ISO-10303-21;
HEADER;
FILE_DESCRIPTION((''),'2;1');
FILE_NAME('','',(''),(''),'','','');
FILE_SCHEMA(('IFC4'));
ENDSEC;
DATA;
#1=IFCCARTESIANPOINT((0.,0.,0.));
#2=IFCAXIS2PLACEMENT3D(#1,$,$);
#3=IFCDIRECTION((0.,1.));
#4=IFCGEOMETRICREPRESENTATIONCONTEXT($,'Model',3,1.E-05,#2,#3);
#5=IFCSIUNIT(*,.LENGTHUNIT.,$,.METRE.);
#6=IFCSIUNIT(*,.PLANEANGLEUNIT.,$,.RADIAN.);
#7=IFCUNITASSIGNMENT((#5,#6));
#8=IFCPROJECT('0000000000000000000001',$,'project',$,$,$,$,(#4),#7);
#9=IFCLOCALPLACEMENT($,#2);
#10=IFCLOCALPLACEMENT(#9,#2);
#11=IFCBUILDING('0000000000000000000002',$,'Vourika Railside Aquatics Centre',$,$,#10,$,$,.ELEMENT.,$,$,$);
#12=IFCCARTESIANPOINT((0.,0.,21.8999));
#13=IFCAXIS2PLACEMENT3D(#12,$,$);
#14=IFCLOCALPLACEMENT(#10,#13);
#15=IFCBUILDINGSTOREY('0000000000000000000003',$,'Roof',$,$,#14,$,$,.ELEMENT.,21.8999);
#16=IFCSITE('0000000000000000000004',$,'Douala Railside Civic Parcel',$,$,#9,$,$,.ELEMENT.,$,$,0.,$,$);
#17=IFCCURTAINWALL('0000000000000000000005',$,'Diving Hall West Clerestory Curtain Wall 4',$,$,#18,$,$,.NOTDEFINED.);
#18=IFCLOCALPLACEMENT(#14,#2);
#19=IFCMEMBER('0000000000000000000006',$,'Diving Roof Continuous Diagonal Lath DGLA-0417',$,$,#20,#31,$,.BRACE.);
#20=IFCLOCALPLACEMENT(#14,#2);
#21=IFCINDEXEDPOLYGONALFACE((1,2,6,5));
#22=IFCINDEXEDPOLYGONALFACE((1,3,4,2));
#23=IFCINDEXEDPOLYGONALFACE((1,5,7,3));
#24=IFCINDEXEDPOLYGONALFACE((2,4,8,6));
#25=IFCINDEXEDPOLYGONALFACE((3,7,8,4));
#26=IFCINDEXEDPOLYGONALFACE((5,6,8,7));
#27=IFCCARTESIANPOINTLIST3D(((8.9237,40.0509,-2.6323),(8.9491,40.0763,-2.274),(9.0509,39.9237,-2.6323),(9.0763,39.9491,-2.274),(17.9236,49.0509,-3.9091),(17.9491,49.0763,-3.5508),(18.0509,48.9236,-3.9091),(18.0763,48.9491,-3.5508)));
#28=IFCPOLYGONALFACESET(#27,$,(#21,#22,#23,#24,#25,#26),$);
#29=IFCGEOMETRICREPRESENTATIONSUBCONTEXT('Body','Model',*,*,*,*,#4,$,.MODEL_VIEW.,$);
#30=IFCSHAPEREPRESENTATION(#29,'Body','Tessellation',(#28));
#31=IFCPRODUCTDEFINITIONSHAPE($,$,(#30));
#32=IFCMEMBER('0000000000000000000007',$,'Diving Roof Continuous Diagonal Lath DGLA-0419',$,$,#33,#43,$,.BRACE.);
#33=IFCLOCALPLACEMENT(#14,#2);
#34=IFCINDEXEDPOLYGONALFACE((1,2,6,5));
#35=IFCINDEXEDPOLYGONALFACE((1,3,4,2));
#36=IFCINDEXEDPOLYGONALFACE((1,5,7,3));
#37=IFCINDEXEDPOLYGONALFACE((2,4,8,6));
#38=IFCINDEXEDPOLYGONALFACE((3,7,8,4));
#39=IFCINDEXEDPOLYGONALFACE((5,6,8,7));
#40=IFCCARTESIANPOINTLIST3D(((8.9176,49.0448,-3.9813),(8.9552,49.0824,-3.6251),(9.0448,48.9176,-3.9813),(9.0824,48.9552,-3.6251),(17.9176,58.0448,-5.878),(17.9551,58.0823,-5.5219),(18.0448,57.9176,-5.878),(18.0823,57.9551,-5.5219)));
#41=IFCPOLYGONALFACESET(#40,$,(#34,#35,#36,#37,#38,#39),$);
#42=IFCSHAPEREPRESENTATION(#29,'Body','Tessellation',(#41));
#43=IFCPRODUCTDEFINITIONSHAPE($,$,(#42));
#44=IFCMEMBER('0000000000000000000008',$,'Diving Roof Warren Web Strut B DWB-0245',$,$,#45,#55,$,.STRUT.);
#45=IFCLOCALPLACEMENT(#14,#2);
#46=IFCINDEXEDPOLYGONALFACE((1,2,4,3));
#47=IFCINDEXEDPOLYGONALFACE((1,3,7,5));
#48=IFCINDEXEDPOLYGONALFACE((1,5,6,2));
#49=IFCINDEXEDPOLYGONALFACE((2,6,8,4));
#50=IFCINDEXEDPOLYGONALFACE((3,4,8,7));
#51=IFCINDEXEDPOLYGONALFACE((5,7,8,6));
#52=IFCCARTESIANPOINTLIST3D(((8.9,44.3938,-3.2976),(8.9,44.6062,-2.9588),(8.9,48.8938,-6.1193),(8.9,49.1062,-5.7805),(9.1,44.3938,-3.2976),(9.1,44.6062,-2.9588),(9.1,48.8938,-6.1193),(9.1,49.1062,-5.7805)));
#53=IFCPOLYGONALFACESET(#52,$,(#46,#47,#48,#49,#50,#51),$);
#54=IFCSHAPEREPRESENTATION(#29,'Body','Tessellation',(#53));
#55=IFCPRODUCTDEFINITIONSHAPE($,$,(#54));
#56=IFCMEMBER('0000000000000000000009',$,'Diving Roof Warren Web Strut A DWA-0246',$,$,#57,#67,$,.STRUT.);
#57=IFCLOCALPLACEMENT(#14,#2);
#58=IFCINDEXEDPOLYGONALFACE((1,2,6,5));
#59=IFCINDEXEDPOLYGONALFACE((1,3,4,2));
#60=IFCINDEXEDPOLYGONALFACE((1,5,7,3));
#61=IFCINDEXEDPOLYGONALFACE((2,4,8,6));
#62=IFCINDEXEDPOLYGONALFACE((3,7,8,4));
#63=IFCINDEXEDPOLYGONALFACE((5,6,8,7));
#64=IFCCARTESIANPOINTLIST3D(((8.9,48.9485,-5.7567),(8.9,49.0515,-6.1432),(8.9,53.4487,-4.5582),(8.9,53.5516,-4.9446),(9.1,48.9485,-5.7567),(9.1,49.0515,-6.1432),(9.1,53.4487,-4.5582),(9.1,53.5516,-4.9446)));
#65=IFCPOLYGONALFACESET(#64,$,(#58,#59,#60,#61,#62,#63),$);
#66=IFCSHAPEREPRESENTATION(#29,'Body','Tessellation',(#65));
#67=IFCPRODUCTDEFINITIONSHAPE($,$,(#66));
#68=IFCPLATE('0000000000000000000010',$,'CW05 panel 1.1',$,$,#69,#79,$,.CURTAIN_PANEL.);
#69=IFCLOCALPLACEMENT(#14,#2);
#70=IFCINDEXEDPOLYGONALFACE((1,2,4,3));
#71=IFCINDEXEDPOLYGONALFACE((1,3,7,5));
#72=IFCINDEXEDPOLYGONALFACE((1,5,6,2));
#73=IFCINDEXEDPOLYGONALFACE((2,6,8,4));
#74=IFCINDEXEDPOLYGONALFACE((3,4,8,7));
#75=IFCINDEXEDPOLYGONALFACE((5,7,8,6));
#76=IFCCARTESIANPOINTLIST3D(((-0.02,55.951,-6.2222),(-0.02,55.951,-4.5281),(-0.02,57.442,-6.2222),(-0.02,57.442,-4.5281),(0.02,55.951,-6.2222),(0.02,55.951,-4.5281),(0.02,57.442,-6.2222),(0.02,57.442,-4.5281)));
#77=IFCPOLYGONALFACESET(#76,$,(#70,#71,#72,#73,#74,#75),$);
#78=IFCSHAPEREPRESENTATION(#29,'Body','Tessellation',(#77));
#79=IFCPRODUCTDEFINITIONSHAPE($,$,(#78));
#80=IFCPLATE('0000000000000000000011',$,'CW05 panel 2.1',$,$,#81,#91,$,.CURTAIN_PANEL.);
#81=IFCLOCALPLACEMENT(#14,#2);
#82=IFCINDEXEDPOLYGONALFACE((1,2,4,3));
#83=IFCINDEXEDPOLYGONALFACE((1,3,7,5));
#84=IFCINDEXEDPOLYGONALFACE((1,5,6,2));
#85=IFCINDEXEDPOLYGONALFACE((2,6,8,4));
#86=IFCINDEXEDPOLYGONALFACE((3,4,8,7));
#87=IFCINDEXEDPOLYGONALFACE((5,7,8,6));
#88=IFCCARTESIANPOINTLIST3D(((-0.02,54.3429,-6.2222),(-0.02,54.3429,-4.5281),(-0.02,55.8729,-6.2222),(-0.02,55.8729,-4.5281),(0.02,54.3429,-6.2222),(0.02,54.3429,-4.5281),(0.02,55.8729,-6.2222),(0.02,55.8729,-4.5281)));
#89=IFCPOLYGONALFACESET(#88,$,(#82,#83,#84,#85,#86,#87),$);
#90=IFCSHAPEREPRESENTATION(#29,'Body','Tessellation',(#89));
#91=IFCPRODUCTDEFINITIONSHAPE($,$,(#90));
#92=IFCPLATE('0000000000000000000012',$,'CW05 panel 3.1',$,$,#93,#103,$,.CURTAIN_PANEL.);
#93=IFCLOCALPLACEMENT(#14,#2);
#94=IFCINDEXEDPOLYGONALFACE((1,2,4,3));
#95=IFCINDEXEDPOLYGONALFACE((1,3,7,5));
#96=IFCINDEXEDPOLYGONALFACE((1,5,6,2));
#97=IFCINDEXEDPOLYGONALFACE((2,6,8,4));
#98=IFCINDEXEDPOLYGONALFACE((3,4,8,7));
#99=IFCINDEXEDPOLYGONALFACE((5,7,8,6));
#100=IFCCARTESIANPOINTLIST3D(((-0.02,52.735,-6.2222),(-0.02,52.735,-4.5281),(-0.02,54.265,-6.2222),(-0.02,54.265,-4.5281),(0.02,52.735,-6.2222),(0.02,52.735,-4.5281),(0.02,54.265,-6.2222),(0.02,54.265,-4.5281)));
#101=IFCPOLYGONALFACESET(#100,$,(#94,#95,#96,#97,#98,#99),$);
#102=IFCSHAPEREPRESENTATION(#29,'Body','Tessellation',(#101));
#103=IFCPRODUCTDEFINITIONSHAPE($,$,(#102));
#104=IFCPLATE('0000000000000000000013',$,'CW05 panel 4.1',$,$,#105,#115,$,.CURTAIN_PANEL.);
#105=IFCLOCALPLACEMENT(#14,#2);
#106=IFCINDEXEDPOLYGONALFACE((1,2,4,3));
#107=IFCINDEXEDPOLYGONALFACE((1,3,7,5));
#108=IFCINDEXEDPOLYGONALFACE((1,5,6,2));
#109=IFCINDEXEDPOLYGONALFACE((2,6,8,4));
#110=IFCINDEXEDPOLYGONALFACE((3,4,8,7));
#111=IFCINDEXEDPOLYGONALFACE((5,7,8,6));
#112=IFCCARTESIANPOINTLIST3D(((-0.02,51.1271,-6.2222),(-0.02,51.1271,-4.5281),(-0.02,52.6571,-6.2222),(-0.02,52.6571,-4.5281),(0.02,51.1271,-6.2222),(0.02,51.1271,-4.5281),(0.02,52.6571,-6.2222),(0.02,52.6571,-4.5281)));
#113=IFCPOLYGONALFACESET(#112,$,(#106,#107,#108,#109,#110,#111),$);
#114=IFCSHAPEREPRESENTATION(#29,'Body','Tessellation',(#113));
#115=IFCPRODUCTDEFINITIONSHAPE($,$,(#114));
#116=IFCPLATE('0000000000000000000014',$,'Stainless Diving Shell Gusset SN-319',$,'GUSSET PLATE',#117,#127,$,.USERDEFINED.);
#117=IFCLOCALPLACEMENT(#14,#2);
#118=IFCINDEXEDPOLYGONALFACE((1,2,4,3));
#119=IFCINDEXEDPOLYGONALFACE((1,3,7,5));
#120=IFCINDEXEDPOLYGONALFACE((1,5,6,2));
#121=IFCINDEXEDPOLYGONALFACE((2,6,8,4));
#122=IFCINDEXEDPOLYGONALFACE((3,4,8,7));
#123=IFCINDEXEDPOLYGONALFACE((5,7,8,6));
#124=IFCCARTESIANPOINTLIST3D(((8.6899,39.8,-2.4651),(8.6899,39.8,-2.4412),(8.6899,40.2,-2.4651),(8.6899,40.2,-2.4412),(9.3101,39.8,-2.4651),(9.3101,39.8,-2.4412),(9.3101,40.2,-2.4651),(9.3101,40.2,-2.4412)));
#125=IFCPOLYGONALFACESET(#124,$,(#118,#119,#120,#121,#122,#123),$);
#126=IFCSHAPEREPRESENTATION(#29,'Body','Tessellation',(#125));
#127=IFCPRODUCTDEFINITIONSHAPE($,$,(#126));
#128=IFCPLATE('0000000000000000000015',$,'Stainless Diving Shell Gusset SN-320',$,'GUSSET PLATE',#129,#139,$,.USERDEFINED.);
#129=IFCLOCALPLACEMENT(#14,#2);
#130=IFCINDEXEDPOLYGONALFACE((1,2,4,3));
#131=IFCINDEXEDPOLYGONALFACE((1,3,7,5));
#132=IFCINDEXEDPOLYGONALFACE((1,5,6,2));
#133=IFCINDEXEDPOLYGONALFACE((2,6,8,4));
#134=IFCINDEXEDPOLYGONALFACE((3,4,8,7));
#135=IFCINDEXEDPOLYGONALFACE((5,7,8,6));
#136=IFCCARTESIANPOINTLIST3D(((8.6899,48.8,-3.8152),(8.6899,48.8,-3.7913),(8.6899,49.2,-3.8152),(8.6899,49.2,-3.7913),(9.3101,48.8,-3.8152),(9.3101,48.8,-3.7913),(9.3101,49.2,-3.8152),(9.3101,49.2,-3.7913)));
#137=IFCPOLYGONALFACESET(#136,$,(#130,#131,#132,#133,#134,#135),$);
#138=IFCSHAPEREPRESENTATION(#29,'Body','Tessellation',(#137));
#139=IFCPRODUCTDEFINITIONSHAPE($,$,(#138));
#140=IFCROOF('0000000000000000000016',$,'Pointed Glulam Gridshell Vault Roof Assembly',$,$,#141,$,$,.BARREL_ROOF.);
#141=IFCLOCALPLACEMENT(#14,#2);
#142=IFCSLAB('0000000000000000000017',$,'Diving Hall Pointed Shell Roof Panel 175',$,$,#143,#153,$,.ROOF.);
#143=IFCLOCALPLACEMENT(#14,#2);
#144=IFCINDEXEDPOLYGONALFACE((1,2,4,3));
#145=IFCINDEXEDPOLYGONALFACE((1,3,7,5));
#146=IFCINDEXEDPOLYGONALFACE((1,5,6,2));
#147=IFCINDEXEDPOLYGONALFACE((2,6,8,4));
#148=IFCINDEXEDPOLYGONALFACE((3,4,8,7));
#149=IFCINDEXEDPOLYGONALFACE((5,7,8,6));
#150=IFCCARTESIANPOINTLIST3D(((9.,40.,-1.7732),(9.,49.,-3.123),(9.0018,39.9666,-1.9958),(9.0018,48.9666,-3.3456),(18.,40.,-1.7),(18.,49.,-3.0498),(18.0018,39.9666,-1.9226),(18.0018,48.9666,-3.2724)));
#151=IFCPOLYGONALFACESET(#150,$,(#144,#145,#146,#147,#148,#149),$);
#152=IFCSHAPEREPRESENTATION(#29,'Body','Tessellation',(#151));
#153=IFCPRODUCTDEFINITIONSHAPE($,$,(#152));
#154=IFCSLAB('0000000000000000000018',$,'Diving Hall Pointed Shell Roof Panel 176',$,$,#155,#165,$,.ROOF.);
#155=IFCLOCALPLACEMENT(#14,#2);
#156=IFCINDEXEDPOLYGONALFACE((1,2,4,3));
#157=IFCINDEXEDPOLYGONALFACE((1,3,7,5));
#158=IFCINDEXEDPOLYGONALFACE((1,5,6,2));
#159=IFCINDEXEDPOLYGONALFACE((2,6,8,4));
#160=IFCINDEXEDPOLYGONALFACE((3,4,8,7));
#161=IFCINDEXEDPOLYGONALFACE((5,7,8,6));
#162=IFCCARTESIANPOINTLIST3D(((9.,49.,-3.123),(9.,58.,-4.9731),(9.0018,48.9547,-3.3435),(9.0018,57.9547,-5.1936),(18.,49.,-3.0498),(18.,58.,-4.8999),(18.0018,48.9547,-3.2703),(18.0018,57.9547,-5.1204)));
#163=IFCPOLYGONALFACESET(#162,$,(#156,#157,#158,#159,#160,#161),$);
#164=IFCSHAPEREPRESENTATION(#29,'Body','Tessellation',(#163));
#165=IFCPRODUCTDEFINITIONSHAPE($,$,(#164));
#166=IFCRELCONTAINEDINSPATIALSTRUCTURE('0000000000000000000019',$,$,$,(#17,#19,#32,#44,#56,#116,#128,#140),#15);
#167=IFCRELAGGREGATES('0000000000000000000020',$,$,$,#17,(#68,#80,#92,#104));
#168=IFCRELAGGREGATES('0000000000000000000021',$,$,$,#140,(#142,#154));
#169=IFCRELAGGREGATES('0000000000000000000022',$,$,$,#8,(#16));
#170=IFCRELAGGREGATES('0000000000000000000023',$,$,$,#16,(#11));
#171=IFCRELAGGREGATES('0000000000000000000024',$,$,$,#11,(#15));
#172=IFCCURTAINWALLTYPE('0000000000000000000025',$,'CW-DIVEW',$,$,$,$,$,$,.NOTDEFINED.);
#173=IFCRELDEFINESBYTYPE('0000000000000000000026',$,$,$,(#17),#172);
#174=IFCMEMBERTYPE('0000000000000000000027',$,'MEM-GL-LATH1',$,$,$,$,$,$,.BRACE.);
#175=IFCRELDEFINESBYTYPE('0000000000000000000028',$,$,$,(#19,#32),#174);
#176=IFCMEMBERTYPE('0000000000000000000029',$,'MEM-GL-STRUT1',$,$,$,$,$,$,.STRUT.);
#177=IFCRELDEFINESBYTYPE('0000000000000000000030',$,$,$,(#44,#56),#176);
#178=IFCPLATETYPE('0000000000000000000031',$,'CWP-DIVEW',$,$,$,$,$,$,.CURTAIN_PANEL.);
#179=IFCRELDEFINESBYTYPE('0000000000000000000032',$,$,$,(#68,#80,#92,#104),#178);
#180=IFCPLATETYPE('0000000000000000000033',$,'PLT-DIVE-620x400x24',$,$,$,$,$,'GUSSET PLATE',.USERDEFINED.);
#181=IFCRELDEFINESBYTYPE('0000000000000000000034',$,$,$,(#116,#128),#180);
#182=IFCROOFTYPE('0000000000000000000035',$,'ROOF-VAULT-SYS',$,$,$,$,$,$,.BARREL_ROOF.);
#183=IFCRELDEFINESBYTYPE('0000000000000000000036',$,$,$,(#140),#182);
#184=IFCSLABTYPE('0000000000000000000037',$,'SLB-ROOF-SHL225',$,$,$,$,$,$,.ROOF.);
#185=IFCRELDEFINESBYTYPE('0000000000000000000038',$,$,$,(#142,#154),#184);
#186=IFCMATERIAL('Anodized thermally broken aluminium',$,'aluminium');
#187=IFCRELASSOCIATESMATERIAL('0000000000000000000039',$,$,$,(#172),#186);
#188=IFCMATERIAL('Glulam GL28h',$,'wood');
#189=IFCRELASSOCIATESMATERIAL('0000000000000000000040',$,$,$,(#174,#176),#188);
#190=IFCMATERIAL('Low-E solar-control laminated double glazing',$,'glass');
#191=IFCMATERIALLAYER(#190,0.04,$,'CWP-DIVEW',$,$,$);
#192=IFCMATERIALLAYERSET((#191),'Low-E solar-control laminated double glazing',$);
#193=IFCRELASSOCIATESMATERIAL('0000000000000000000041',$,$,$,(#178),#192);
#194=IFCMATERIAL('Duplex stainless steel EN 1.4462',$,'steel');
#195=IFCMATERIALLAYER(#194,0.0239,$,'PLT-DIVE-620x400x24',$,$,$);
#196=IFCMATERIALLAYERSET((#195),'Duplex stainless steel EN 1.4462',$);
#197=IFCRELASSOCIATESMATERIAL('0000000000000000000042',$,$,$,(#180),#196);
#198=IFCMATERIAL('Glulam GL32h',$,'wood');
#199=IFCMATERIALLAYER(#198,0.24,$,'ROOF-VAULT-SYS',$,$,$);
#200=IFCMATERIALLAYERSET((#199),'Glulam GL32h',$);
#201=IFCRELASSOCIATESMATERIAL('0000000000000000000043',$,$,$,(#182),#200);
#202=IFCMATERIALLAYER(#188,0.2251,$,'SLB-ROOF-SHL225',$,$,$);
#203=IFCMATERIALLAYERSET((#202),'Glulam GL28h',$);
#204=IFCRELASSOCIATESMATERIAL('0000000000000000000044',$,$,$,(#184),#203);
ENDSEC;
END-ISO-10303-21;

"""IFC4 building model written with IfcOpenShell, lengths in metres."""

from ifc_helpers import new_model, si_unit, direction, frame, origin, origin_2d, place, context, subcontext, project, spatial, polyline, rectangle, outline, extrude, material, layer, layer_set, material_profile, profile_set, type_object, element, aggregate, save


model = new_model("IFC4")

# Units and contexts
model_context = context("Model", 3, precision=1e-05, world=origin(), true_north=direction((0.0, 1.0)))
body_context = subcontext(model_context, "Body", "Model", "MODEL_VIEW")
ifc_project = project(units=[si_unit("LENGTHUNIT", "METRE"), si_unit("PLANEANGLEUNIT", "RADIAN")], contexts=[model_context])

# Site, building, storey
site_placement = place(None, origin())
site = spatial("IfcSite", under=ifc_project, at=site_placement, Name="Douala Railside Civic Parcel", CompositionType="ELEMENT", RefElevation=0.0)
building_placement = place(site_placement, origin())
building = spatial("IfcBuilding", under=site, at=building_placement, Name="Vourika Railside Aquatics Centre", CompositionType="ELEMENT")
storey_placement = place(building_placement, frame((0.0, 0.0, 21.8999)))
storey = spatial("IfcBuildingStorey", under=building, at=storey_placement, Name="Roof", CompositionType="ELEMENT", Elevation=21.8999)

# Shared definitions
ifc_material_1 = material(Name="Glulam GL32h", Category="wood")

# Curtain wall
ifc_material_2 = material(Name="Anodized thermally broken aluminium", Category="aluminium")
curtain_wall_type = type_object("IfcCurtainWallType", Name="CW-DIVEW", PredefinedType="NOTDEFINED", material=ifc_material_2)
curtain_wall_placement = place(storey_placement, origin())
curtain_wall = element("IfcCurtainWall", 1, at=curtain_wall_placement, inside=storey, type_object=curtain_wall_type, Name="Diving Hall West Clerestory Curtain Wall 4", PredefinedType="NOTDEFINED")

# Members
ifc_material_3 = material(Name="Glulam GL28h", Category="wood")
ifc_material_profile_1 = material_profile(ifc_material_3, rectangle(XDim=0.1799, YDim=0.3601, at=origin_2d()), Name="GL28h 180x360")
ifc_profile_set_1 = profile_set([ifc_material_profile_1], Name="Glulam GL28h")
member_type_1 = type_object("IfcMemberType", Name="MEM-GL-LATH1", PredefinedType="BRACE", material=ifc_profile_set_1)
member_1_placement = place(storey_placement, frame((9.0, 40.0, -2.4531), z_axis=(0.703575, 0.703575, -0.099818), x_axis=(-0.707107, 0.707107, 0.0)))
element("IfcMember", 2, at=member_1_placement, inside=storey, type_object=member_type_1, Name="Diving Roof Continuous Diagonal Lath DGLA-0417", PredefinedType="BRACE", context=body_context, shape_type="SweptSolid", body=[
    extrude(rectangle(XDim=0.1799, YDim=0.3601, at=origin_2d()), origin(), (0.0, 0.0, 1.0), 12.7917),
])
member_2_placement = place(storey_placement, frame((9.0, 49.0, -3.8032), z_axis=(0.699384, 0.699384, -0.147393), x_axis=(-0.707107, 0.707107, 0.0)))
element("IfcMember", 3, at=member_2_placement, inside=storey, type_object=member_type_1, Name="Diving Roof Continuous Diagonal Lath DGLA-0419", PredefinedType="BRACE", context=body_context, shape_type="SweptSolid", body=[
    extrude(rectangle(XDim=0.1799, YDim=0.3601, at=origin_2d()), origin(), (0.0, 0.0, 1.0), 12.8684),
])
ifc_material_profile_2 = material_profile(ifc_material_3, rectangle(XDim=0.2, YDim=0.3999, at=origin_2d()), Name="GL28h 200x400")
ifc_profile_set_2 = profile_set([ifc_material_profile_2], Name="Glulam GL28h")
member_type_2 = type_object("IfcMemberType", Name="MEM-GL-STRUT1", PredefinedType="STRUT", material=ifc_profile_set_2)
member_3_placement = place(storey_placement, frame((9.0, 44.5, -3.1282), z_axis=(0.0, 0.847212, -0.531254), x_axis=(-1.0, 0.0, 0.0)))
element("IfcMember", 4, at=member_3_placement, inside=storey, type_object=member_type_2, Name="Diving Roof Warren Web Strut B DWB-0245", PredefinedType="STRUT", context=body_context, shape_type="SweptSolid", body=[
    extrude(rectangle(XDim=0.2, YDim=0.3999, at=origin_2d()), origin(), (0.0, 0.0, 1.0), 5.3115),
])
member_4_placement = place(storey_placement, frame((9.0, 49.0, -5.95), z_axis=(0.0, 0.966316, 0.257359), x_axis=(-1.0, 0.0, 0.0)))
element("IfcMember", 5, at=member_4_placement, inside=storey, type_object=member_type_2, Name="Diving Roof Warren Web Strut A DWA-0246", PredefinedType="STRUT", context=body_context, shape_type="SweptSolid", body=[
    extrude(rectangle(XDim=0.2, YDim=0.3999, at=origin_2d()), origin(), (0.0, 0.0, 1.0), 4.657),
])

# Plates
ifc_material_4 = material(Name="Low-E solar-control laminated double glazing", Category="glass")
ifc_layer_1 = layer(ifc_material_4, 0.04, Name="CWP-DIVEW")
ifc_layer_set_1 = layer_set([ifc_layer_1], Name="Low-E solar-control laminated double glazing")
plate_type_1 = type_object("IfcPlateType", Name="CWP-DIVEW", PredefinedType="CURTAIN_PANEL", material=ifc_layer_set_1)
plate_1_placement = place(storey_placement, frame((0.0, 56.6965, -6.2222), z_axis=(0.0, 0.0, 1.0), x_axis=(0.0, -1.0, 0.0)))
plate_1 = element("IfcPlate", 6, at=plate_1_placement, type_object=plate_type_1, Name="CW05 panel 1.1", PredefinedType="CURTAIN_PANEL", context=body_context, shape_type="SweptSolid", body=[
    extrude(rectangle(XDim=1.491, YDim=0.04, at=origin_2d()), origin(), (0.0, 0.0, 1.0), 1.6941),
])
plate_2_placement = place(storey_placement, frame((0.0, 55.1079, -6.2222), z_axis=(0.0, 0.0, 1.0), x_axis=(0.0, -1.0, 0.0)))
plate_2 = element("IfcPlate", 7, at=plate_2_placement, type_object=plate_type_1, Name="CW05 panel 2.1", PredefinedType="CURTAIN_PANEL", context=body_context, shape_type="SweptSolid", body=[
    extrude(rectangle(XDim=1.53, YDim=0.04, at=origin_2d()), origin(), (0.0, 0.0, 1.0), 1.6941),
])
plate_3_placement = place(storey_placement, frame((0.0, 53.5, -6.2222), z_axis=(0.0, 0.0, 1.0), x_axis=(0.0, -1.0, 0.0)))
plate_3 = element("IfcPlate", 8, at=plate_3_placement, type_object=plate_type_1, Name="CW05 panel 3.1", PredefinedType="CURTAIN_PANEL", context=body_context, shape_type="SweptSolid", body=[
    extrude(rectangle(XDim=1.53, YDim=0.04, at=origin_2d()), origin(), (0.0, 0.0, 1.0), 1.6941),
])
plate_4_placement = place(storey_placement, frame((0.0, 51.8921, -6.2222), z_axis=(0.0, 0.0, 1.0), x_axis=(0.0, -1.0, 0.0)))
plate_4 = element("IfcPlate", 9, at=plate_4_placement, type_object=plate_type_1, Name="CW05 panel 4.1", PredefinedType="CURTAIN_PANEL", context=body_context, shape_type="SweptSolid", body=[
    extrude(rectangle(XDim=1.53, YDim=0.04, at=origin_2d()), origin(), (0.0, 0.0, 1.0), 1.6941),
])
aggregate(curtain_wall, [plate_1, plate_2, plate_3, plate_4])

# Plates
ifc_material_5 = material(Name="Duplex stainless steel EN 1.4462", Category="steel")
ifc_layer_2 = layer(ifc_material_5, 0.0239, Name="PLT-DIVE-620x400x24")
ifc_layer_set_2 = layer_set([ifc_layer_2], Name="Duplex stainless steel EN 1.4462")
plate_type_2 = type_object("IfcPlateType", Name="PLT-DIVE-620x400x24", ElementType="GUSSET PLATE", PredefinedType="USERDEFINED", material=ifc_layer_set_2)
for number, where, z_axis, x_axis, name in (
    (10, (9.0, 40.0, -2.4651), (0.0, 0.0, 1.0), (1.0, 0.0, 0.0), "Stainless Diving Shell Gusset SN-319"),
    (11, (9.0, 49.0, -3.8152), (0.0, 0.0, 1.0), (1.0, 0.0, 0.0), "Stainless Diving Shell Gusset SN-320"),
):
    element("IfcPlate", number, at=place(storey_placement, frame(where, z_axis=z_axis, x_axis=x_axis)), inside=storey, type_object=plate_type_2, Name=name, ObjectType="GUSSET PLATE", PredefinedType="USERDEFINED", context=body_context, shape_type="SweptSolid", body=[
        extrude(rectangle(XDim=0.6201, YDim=0.3999, at=origin_2d()), origin(), (0.0, 0.0, 1.0), 0.0239),
    ])

# Roof, slabs
ifc_layer_3 = layer(ifc_material_1, 0.24, Name="ROOF-VAULT-SYS")
ifc_layer_set_3 = layer_set([ifc_layer_3], Name="Glulam GL32h")
roof_type = type_object("IfcRoofType", Name="ROOF-VAULT-SYS", PredefinedType="BARREL_ROOF", material=ifc_layer_set_3)
roof_placement = place(storey_placement, origin())
roof = element("IfcRoof", 12, at=roof_placement, inside=storey, type_object=roof_type, Name="Pointed Glulam Gridshell Vault Roof Assembly", PredefinedType="BARREL_ROOF")
ifc_layer_4 = layer(ifc_material_3, 0.2251, Name="SLB-ROOF-SHL225")
ifc_layer_set_4 = layer_set([ifc_layer_4], Name="Glulam GL28h")
slab_type = type_object("IfcSlabType", Name="SLB-ROOF-SHL225", PredefinedType="ROOF", material=ifc_layer_set_4)
slab_1_placement = place(storey_placement, frame((9.0, 40.0, -1.7732), z_axis=(-0.008048, 0.14832, 0.988907), x_axis=(0.999967, 0.0, 0.008138)))
slab_1 = element("IfcSlab", 13, at=slab_1_placement, type_object=slab_type, Name="Diving Hall Pointed Shell Roof Panel 175", PredefinedType="ROOF", context=body_context, shape_type="SweptSolid", body=[
    extrude(outline(polyline([(0.0, 0.0), (9.0003, 0.0), (8.9893, 9.1007), (-0.011, 9.1007), (0.0, 0.0)])), origin(), (0.0, 0.0, -1.0), 0.2251),
])
slab_2_placement = place(storey_placement, frame((9.0, 49.0, -3.123), z_axis=(-0.007971, 0.20135, 0.979487), x_axis=(0.999967, 0.0, 0.008138)))
slab_2 = element("IfcSlab", 14, at=slab_2_placement, type_object=slab_type, Name="Diving Hall Pointed Shell Roof Panel 176", PredefinedType="ROOF", context=body_context, shape_type="SweptSolid", body=[
    extrude(outline(polyline([(0.0, 0.0), (9.0003, 0.0), (8.9852, 9.1882), (-0.0151, 9.1882), (0.0, 0.0)])), origin(), (0.0, 0.0, -1.0), 0.2251),
])
aggregate(roof, [slab_1, slab_2])

save(model, "model.ifc")
